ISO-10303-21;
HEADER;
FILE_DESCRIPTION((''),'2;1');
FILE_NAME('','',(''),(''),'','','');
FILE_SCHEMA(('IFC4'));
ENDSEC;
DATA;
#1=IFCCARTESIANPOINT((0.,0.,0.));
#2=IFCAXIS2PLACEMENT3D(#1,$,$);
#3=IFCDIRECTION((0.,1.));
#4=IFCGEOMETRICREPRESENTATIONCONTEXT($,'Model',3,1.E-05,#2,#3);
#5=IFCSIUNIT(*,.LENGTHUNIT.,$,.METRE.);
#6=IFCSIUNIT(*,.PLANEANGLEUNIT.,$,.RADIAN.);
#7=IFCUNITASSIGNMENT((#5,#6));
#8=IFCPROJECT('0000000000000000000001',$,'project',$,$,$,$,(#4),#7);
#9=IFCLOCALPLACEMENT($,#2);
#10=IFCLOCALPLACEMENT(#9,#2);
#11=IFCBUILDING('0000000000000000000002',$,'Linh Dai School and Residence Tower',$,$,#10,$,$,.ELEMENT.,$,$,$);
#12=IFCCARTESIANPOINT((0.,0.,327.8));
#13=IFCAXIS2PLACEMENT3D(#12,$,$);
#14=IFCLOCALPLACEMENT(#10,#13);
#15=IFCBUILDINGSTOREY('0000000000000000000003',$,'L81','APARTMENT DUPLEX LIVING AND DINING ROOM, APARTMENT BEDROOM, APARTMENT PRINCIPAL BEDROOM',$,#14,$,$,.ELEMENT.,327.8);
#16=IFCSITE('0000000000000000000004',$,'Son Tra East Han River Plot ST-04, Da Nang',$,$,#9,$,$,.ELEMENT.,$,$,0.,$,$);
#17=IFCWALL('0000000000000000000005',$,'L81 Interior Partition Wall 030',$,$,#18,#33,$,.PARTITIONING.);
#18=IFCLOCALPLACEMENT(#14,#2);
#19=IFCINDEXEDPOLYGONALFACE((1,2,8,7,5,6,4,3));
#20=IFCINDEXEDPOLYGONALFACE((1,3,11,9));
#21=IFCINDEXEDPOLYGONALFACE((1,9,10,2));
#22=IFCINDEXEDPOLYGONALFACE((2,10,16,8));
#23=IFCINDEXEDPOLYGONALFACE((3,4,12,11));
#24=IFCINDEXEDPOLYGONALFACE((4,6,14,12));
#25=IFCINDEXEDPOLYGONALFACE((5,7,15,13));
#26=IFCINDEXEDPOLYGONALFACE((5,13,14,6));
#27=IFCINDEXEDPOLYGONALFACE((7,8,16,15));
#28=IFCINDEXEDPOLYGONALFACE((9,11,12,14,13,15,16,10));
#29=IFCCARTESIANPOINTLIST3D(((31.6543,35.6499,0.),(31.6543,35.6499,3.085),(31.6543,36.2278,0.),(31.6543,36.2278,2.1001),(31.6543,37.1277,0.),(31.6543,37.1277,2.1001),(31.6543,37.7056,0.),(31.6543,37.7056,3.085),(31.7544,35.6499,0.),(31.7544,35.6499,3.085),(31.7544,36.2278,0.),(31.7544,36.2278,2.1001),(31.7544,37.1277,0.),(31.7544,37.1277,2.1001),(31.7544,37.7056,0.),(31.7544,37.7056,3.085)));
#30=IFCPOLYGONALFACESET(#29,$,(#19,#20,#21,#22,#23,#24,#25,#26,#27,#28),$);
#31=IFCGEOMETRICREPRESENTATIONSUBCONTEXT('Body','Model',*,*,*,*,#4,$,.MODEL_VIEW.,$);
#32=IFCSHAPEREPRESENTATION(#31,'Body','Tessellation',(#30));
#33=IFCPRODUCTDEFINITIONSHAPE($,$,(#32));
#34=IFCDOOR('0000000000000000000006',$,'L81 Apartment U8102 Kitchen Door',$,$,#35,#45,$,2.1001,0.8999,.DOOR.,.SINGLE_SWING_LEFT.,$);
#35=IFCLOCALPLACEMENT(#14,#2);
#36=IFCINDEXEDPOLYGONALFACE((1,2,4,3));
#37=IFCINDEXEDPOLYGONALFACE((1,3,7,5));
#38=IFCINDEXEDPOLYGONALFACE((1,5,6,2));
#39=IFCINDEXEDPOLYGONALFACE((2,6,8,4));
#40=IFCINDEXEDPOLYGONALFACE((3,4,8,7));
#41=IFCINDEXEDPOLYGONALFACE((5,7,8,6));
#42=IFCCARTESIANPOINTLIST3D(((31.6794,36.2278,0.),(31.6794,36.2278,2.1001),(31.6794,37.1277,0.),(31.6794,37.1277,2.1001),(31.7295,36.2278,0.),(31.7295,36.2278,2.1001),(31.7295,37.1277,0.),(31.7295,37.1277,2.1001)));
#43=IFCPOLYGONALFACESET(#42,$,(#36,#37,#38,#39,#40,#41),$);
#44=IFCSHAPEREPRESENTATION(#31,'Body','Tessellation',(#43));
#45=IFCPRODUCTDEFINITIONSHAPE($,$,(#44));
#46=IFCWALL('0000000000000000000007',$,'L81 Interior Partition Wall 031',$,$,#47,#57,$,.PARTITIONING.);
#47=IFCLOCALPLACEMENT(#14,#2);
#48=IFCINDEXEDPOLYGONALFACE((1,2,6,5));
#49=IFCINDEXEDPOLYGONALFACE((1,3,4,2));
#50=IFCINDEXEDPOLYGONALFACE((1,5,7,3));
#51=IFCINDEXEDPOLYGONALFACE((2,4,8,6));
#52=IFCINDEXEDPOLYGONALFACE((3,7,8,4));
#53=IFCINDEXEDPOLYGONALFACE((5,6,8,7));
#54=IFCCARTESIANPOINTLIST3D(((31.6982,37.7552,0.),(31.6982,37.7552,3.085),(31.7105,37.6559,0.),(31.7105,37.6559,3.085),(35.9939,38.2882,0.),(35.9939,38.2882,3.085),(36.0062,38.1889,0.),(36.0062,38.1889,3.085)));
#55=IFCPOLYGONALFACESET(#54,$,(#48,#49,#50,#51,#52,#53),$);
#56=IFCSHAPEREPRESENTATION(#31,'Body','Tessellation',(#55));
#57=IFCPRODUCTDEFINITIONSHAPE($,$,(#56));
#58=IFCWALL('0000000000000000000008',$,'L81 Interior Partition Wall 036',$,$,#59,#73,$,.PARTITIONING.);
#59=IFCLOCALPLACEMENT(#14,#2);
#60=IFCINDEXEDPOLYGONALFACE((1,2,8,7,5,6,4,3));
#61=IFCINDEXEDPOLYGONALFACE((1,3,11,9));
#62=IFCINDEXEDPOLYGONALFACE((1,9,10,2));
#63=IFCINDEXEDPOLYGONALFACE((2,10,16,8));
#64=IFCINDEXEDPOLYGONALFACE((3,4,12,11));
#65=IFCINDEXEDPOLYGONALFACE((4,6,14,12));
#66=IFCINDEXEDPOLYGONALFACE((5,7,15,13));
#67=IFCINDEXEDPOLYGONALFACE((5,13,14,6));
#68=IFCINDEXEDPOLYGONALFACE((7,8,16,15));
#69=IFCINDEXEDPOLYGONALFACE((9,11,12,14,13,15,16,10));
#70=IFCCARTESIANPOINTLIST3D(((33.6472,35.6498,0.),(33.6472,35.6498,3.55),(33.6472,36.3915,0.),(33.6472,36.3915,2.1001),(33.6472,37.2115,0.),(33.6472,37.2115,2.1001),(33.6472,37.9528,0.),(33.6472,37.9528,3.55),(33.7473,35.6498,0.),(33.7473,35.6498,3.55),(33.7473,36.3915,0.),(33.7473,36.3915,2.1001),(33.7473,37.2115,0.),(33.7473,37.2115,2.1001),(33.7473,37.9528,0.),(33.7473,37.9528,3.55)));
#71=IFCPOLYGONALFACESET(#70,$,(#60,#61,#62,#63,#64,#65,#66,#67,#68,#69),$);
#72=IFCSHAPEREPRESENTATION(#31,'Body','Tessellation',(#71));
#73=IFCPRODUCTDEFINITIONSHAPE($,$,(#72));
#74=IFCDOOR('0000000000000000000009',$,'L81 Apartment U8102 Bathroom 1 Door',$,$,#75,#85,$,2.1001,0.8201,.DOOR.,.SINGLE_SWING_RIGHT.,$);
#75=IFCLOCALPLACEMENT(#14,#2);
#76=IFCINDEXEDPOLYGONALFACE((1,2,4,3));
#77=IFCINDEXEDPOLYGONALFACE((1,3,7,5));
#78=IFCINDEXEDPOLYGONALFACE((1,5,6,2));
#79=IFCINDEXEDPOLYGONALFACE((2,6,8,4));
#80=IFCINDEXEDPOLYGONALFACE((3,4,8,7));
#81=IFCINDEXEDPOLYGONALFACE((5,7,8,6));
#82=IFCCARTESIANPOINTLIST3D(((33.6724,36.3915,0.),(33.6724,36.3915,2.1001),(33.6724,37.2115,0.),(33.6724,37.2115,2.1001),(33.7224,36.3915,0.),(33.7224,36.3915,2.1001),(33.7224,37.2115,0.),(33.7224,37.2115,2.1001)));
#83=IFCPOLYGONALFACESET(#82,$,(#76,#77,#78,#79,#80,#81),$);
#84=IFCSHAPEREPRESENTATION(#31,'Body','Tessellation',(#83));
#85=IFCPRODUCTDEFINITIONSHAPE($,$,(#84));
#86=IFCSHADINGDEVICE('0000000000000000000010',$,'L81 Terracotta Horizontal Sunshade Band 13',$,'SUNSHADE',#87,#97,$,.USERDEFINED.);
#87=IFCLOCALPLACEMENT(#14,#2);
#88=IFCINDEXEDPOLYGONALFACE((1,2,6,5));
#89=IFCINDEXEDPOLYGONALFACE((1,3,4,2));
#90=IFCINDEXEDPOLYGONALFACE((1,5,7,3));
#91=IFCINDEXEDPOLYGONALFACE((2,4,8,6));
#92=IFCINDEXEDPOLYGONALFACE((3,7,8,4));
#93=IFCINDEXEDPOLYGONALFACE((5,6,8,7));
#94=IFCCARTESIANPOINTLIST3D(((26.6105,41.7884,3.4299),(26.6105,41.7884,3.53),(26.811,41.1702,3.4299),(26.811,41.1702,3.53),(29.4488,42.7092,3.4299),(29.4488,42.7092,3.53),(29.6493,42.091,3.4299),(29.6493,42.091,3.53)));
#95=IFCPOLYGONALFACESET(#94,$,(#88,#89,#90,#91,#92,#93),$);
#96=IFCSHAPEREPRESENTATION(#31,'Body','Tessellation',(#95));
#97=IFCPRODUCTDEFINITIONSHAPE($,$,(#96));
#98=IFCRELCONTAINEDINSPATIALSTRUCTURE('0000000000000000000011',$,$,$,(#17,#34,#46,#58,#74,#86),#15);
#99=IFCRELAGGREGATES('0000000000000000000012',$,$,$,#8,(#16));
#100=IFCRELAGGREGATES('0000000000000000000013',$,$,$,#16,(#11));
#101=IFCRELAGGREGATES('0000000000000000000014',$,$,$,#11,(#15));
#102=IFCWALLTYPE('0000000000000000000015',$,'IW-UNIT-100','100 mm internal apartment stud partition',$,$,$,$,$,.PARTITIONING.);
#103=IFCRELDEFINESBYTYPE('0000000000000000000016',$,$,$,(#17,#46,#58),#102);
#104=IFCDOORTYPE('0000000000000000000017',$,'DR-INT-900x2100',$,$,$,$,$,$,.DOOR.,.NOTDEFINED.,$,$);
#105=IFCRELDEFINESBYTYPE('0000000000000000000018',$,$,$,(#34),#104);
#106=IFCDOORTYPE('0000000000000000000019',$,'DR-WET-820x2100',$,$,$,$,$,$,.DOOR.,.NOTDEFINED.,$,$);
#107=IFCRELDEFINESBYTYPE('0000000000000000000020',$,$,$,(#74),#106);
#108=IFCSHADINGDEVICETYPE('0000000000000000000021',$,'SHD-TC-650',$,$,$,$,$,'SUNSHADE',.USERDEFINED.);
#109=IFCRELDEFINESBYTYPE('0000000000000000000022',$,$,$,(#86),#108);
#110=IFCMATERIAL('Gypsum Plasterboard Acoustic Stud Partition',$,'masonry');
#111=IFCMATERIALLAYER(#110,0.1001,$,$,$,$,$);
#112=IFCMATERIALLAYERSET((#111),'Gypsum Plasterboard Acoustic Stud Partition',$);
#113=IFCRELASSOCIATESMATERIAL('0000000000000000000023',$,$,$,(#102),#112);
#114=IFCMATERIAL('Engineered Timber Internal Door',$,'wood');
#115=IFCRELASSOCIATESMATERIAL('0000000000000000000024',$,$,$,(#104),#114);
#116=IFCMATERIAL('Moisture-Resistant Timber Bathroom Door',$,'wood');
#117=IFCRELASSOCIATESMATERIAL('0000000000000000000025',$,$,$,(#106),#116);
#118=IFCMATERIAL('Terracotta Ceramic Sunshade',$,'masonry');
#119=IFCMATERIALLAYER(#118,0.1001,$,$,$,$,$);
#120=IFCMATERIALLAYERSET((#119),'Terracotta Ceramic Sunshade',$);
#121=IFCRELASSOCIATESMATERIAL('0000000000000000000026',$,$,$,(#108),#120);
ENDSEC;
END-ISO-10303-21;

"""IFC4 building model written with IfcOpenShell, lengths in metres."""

from ifc_helpers import new_model, si_unit, direction, frame, frame_2d, origin, origin_2d, place, context, subcontext, project, spatial, rectangle, extrude, source, transform, mapped, material, layer, layer_set, type_object, element, fill, save


model = new_model("IFC4")

# Units and contexts
model_context = context("Model", 3, precision=1e-05, world=origin(), true_north=direction((0.0, 1.0)))
body_context = subcontext(model_context, "Body", "Model", "MODEL_VIEW")
ifc_project = project(units=[si_unit("LENGTHUNIT", "METRE"), si_unit("PLANEANGLEUNIT", "RADIAN")], contexts=[model_context])

# Site, building, storey
site_placement = place(None, origin())
site = spatial("IfcSite", under=ifc_project, at=site_placement, Name="Son Tra East Han River Plot ST-04, Da Nang", CompositionType="ELEMENT", RefElevation=0.0)
building_placement = place(site_placement, origin())
building = spatial("IfcBuilding", under=site, at=building_placement, Name="Linh Dai School and Residence Tower", CompositionType="ELEMENT")
storey_placement = place(building_placement, frame((0.0, 0.0, 327.8)))
storey = spatial("IfcBuildingStorey", under=building, at=storey_placement, Name="L81", Description="APARTMENT DUPLEX LIVING AND DINING ROOM, APARTMENT BEDROOM, APARTMENT PRINCIPAL BEDROOM", CompositionType="ELEMENT", Elevation=327.8)

# Shared definitions
ifc_material_1 = material(Name="Gypsum Plasterboard Acoustic Stud Partition", Category="masonry")
ifc_layer_1 = layer(ifc_material_1, 0.1001)
ifc_layer_set_1 = layer_set([ifc_layer_1], Name="Gypsum Plasterboard Acoustic Stud Partition")
wall_type_1 = type_object("IfcWallType", Name="IW-UNIT-100", Description="100 mm internal apartment stud partition", PredefinedType="PARTITIONING", material=ifc_layer_set_1)
ifc_material_2 = material(Name="Engineered Timber Internal Door", Category="wood")
door_type_1 = type_object("IfcDoorType", Name="DR-INT-900x2100", OperationType="NOTDEFINED", PredefinedType="DOOR", material=ifc_material_2)
shared_shape_1 = source(origin(), body_context, "Body", "SweptSolid", [
    extrude(rectangle(XDim=0.8999, YDim=2.1001, at=origin_2d()), frame((0.45, 0.0249, 1.05), z_axis=(0.0, -1.0, 0.0), x_axis=(1.0, 0.0, 0.0)), (0.0, 0.0, 1.0), 0.05),
])

# Wall, opening, door
wall_1_placement = place(storey_placement, frame((31.7043, 35.6499, 0.0), z_axis=(0.0, 0.0, 1.0), x_axis=(0.0, 1.0, 0.0)))
wall_1 = element("IfcWall", 1, at=wall_1_placement, inside=storey, type_object=wall_type_1, Name="L81 Interior Partition Wall 030", PredefinedType="PARTITIONING", context=body_context, shape_type="SweptSolid", body=[
    extrude(rectangle(XDim=2.0557, YDim=0.1001, at=frame_2d((1.0278, 0.0))), origin(), (0.0, 0.0, 1.0), 3.085),
])
opening_1_placement = place(wall_1_placement, frame((0.5779, 0.0, 0.0)))
opening_1 = element("IfcOpeningElement", 2, at=opening_1_placement, cuts=wall_1, PredefinedType="OPENING", context=body_context, shape_type="SweptSolid", body=[
    extrude(rectangle(XDim=0.8999, YDim=2.1001, at=origin_2d()), frame((0.45, 0.0601, 1.05), z_axis=(0.0, -1.0, 0.0), x_axis=(1.0, 0.0, 0.0)), (0.0, 0.0, 1.0), 0.1201),
])
door_1_placement = place(opening_1_placement, origin())
door_1 = element("IfcDoor", 3, at=door_1_placement, inside=storey, type_object=door_type_1, Name="L81 Apartment U8102 Kitchen Door", OperationType="SINGLE_SWING_LEFT", OverallHeight=2.1001, OverallWidth=0.8999, PredefinedType="DOOR", context=body_context, shape_type="MappedRepresentation", body=[
    mapped(shared_shape_1, transform((0.0, 0.0, 0.0), x_axis=(1.0, 0.0, 0.0), y_axis=(0.0, 1.0, 0.0), z_axis=(0.0, 0.0, 1.0), scale=1.0)),
])
fill(opening_1, door_1)

# Wall
wall_2_placement = place(storey_placement, frame((31.7043, 37.7056, 0.0), z_axis=(0.0, 0.0, 1.0), x_axis=(0.992391, 0.123125, 0.0)))
element("IfcWall", 4, at=wall_2_placement, inside=storey, type_object=wall_type_1, Name="L81 Interior Partition Wall 031", PredefinedType="PARTITIONING", context=body_context, shape_type="SweptSolid", body=[
    extrude(rectangle(XDim=4.3286, YDim=0.1001, at=frame_2d((2.1643, 0.0))), origin(), (0.0, 0.0, 1.0), 3.085),
])

# Wall, opening, door
wall_3_placement = place(storey_placement, frame((33.6973, 35.6499, 0.0), z_axis=(0.0, 0.0, 1.0), x_axis=(0.0, 1.0, 0.0)))
wall_3 = element("IfcWall", 5, at=wall_3_placement, inside=storey, type_object=wall_type_1, Name="L81 Interior Partition Wall 036", PredefinedType="PARTITIONING", context=body_context, shape_type="SweptSolid", body=[
    extrude(rectangle(XDim=2.303, YDim=0.1001, at=frame_2d((1.1514, 0.0))), origin(), (0.0, 0.0, 1.0), 3.55),
])
opening_2_placement = place(wall_3_placement, frame((0.7415, 0.0, 0.0)))
opening_2 = element("IfcOpeningElement", 6, at=opening_2_placement, cuts=wall_3, PredefinedType="OPENING", context=body_context, shape_type="SweptSolid", body=[
    extrude(rectangle(XDim=0.8201, YDim=2.1001, at=origin_2d()), frame((0.4102, 0.0601, 1.05), z_axis=(0.0, -1.0, 0.0), x_axis=(1.0, 0.0, 0.0)), (0.0, 0.0, 1.0), 0.1201),
])
ifc_material_3 = material(Name="Moisture-Resistant Timber Bathroom Door", Category="wood")
door_type_2 = type_object("IfcDoorType", Name="DR-WET-820x2100", OperationType="NOTDEFINED", PredefinedType="DOOR", material=ifc_material_3)
shared_shape_2 = source(origin(), body_context, "Body", "SweptSolid", [
    extrude(rectangle(XDim=0.8201, YDim=2.1001, at=origin_2d()), frame((0.4102, 0.0249, 1.05), z_axis=(0.0, -1.0, 0.0), x_axis=(1.0, 0.0, 0.0)), (0.0, 0.0, 1.0), 0.05),
])
door_2_placement = place(opening_2_placement, origin())
door_2 = element("IfcDoor", 7, at=door_2_placement, inside=storey, type_object=door_type_2, Name="L81 Apartment U8102 Bathroom 1 Door", OperationType="SINGLE_SWING_RIGHT", OverallHeight=2.1001, OverallWidth=0.8201, PredefinedType="DOOR", context=body_context, shape_type="MappedRepresentation", body=[
    mapped(shared_shape_2, transform((0.0, 0.0, 0.0), x_axis=(1.0, 0.0, 0.0), y_axis=(0.0, 1.0, 0.0), z_axis=(0.0, 0.0, 1.0), scale=1.0)),
])
fill(opening_2, door_2)

# Shading device
ifc_material_4 = material(Name="Terracotta Ceramic Sunshade", Category="masonry")
ifc_layer_2 = layer(ifc_material_4, 0.1001)
ifc_layer_set_2 = layer_set([ifc_layer_2], Name="Terracotta Ceramic Sunshade")
shading_device_type = type_object("IfcShadingDeviceType", Name="SHD-TC-650", ElementType="SUNSHADE", PredefinedType="USERDEFINED", material=ifc_layer_set_2)
shared_shape_3 = source(origin(), body_context, "Body", "SweptSolid", [
    extrude(rectangle(XDim=2.9839, YDim=0.6499, at=origin_2d()), origin(), (0.0, 0.0, 1.0), 0.1001),
])
shading_device_placement = place(storey_placement, frame((28.1299, 41.9397, 3.4299), z_axis=(0.0, 0.0, 1.0), x_axis=(0.951203, 0.308565, 0.0)))
element("IfcShadingDevice", 8, at=shading_device_placement, inside=storey, type_object=shading_device_type, Name="L81 Terracotta Horizontal Sunshade Band 13", ObjectType="SUNSHADE", PredefinedType="USERDEFINED", context=body_context, shape_type="MappedRepresentation", body=[
    mapped(shared_shape_3, transform((0.0, 0.0, 0.0), x_axis=(1.0, 0.0, 0.0), y_axis=(0.0, 1.0, 0.0), z_axis=(0.0, 0.0, 1.0), scale=1.0)),
])

save(model, "model.ifc")
